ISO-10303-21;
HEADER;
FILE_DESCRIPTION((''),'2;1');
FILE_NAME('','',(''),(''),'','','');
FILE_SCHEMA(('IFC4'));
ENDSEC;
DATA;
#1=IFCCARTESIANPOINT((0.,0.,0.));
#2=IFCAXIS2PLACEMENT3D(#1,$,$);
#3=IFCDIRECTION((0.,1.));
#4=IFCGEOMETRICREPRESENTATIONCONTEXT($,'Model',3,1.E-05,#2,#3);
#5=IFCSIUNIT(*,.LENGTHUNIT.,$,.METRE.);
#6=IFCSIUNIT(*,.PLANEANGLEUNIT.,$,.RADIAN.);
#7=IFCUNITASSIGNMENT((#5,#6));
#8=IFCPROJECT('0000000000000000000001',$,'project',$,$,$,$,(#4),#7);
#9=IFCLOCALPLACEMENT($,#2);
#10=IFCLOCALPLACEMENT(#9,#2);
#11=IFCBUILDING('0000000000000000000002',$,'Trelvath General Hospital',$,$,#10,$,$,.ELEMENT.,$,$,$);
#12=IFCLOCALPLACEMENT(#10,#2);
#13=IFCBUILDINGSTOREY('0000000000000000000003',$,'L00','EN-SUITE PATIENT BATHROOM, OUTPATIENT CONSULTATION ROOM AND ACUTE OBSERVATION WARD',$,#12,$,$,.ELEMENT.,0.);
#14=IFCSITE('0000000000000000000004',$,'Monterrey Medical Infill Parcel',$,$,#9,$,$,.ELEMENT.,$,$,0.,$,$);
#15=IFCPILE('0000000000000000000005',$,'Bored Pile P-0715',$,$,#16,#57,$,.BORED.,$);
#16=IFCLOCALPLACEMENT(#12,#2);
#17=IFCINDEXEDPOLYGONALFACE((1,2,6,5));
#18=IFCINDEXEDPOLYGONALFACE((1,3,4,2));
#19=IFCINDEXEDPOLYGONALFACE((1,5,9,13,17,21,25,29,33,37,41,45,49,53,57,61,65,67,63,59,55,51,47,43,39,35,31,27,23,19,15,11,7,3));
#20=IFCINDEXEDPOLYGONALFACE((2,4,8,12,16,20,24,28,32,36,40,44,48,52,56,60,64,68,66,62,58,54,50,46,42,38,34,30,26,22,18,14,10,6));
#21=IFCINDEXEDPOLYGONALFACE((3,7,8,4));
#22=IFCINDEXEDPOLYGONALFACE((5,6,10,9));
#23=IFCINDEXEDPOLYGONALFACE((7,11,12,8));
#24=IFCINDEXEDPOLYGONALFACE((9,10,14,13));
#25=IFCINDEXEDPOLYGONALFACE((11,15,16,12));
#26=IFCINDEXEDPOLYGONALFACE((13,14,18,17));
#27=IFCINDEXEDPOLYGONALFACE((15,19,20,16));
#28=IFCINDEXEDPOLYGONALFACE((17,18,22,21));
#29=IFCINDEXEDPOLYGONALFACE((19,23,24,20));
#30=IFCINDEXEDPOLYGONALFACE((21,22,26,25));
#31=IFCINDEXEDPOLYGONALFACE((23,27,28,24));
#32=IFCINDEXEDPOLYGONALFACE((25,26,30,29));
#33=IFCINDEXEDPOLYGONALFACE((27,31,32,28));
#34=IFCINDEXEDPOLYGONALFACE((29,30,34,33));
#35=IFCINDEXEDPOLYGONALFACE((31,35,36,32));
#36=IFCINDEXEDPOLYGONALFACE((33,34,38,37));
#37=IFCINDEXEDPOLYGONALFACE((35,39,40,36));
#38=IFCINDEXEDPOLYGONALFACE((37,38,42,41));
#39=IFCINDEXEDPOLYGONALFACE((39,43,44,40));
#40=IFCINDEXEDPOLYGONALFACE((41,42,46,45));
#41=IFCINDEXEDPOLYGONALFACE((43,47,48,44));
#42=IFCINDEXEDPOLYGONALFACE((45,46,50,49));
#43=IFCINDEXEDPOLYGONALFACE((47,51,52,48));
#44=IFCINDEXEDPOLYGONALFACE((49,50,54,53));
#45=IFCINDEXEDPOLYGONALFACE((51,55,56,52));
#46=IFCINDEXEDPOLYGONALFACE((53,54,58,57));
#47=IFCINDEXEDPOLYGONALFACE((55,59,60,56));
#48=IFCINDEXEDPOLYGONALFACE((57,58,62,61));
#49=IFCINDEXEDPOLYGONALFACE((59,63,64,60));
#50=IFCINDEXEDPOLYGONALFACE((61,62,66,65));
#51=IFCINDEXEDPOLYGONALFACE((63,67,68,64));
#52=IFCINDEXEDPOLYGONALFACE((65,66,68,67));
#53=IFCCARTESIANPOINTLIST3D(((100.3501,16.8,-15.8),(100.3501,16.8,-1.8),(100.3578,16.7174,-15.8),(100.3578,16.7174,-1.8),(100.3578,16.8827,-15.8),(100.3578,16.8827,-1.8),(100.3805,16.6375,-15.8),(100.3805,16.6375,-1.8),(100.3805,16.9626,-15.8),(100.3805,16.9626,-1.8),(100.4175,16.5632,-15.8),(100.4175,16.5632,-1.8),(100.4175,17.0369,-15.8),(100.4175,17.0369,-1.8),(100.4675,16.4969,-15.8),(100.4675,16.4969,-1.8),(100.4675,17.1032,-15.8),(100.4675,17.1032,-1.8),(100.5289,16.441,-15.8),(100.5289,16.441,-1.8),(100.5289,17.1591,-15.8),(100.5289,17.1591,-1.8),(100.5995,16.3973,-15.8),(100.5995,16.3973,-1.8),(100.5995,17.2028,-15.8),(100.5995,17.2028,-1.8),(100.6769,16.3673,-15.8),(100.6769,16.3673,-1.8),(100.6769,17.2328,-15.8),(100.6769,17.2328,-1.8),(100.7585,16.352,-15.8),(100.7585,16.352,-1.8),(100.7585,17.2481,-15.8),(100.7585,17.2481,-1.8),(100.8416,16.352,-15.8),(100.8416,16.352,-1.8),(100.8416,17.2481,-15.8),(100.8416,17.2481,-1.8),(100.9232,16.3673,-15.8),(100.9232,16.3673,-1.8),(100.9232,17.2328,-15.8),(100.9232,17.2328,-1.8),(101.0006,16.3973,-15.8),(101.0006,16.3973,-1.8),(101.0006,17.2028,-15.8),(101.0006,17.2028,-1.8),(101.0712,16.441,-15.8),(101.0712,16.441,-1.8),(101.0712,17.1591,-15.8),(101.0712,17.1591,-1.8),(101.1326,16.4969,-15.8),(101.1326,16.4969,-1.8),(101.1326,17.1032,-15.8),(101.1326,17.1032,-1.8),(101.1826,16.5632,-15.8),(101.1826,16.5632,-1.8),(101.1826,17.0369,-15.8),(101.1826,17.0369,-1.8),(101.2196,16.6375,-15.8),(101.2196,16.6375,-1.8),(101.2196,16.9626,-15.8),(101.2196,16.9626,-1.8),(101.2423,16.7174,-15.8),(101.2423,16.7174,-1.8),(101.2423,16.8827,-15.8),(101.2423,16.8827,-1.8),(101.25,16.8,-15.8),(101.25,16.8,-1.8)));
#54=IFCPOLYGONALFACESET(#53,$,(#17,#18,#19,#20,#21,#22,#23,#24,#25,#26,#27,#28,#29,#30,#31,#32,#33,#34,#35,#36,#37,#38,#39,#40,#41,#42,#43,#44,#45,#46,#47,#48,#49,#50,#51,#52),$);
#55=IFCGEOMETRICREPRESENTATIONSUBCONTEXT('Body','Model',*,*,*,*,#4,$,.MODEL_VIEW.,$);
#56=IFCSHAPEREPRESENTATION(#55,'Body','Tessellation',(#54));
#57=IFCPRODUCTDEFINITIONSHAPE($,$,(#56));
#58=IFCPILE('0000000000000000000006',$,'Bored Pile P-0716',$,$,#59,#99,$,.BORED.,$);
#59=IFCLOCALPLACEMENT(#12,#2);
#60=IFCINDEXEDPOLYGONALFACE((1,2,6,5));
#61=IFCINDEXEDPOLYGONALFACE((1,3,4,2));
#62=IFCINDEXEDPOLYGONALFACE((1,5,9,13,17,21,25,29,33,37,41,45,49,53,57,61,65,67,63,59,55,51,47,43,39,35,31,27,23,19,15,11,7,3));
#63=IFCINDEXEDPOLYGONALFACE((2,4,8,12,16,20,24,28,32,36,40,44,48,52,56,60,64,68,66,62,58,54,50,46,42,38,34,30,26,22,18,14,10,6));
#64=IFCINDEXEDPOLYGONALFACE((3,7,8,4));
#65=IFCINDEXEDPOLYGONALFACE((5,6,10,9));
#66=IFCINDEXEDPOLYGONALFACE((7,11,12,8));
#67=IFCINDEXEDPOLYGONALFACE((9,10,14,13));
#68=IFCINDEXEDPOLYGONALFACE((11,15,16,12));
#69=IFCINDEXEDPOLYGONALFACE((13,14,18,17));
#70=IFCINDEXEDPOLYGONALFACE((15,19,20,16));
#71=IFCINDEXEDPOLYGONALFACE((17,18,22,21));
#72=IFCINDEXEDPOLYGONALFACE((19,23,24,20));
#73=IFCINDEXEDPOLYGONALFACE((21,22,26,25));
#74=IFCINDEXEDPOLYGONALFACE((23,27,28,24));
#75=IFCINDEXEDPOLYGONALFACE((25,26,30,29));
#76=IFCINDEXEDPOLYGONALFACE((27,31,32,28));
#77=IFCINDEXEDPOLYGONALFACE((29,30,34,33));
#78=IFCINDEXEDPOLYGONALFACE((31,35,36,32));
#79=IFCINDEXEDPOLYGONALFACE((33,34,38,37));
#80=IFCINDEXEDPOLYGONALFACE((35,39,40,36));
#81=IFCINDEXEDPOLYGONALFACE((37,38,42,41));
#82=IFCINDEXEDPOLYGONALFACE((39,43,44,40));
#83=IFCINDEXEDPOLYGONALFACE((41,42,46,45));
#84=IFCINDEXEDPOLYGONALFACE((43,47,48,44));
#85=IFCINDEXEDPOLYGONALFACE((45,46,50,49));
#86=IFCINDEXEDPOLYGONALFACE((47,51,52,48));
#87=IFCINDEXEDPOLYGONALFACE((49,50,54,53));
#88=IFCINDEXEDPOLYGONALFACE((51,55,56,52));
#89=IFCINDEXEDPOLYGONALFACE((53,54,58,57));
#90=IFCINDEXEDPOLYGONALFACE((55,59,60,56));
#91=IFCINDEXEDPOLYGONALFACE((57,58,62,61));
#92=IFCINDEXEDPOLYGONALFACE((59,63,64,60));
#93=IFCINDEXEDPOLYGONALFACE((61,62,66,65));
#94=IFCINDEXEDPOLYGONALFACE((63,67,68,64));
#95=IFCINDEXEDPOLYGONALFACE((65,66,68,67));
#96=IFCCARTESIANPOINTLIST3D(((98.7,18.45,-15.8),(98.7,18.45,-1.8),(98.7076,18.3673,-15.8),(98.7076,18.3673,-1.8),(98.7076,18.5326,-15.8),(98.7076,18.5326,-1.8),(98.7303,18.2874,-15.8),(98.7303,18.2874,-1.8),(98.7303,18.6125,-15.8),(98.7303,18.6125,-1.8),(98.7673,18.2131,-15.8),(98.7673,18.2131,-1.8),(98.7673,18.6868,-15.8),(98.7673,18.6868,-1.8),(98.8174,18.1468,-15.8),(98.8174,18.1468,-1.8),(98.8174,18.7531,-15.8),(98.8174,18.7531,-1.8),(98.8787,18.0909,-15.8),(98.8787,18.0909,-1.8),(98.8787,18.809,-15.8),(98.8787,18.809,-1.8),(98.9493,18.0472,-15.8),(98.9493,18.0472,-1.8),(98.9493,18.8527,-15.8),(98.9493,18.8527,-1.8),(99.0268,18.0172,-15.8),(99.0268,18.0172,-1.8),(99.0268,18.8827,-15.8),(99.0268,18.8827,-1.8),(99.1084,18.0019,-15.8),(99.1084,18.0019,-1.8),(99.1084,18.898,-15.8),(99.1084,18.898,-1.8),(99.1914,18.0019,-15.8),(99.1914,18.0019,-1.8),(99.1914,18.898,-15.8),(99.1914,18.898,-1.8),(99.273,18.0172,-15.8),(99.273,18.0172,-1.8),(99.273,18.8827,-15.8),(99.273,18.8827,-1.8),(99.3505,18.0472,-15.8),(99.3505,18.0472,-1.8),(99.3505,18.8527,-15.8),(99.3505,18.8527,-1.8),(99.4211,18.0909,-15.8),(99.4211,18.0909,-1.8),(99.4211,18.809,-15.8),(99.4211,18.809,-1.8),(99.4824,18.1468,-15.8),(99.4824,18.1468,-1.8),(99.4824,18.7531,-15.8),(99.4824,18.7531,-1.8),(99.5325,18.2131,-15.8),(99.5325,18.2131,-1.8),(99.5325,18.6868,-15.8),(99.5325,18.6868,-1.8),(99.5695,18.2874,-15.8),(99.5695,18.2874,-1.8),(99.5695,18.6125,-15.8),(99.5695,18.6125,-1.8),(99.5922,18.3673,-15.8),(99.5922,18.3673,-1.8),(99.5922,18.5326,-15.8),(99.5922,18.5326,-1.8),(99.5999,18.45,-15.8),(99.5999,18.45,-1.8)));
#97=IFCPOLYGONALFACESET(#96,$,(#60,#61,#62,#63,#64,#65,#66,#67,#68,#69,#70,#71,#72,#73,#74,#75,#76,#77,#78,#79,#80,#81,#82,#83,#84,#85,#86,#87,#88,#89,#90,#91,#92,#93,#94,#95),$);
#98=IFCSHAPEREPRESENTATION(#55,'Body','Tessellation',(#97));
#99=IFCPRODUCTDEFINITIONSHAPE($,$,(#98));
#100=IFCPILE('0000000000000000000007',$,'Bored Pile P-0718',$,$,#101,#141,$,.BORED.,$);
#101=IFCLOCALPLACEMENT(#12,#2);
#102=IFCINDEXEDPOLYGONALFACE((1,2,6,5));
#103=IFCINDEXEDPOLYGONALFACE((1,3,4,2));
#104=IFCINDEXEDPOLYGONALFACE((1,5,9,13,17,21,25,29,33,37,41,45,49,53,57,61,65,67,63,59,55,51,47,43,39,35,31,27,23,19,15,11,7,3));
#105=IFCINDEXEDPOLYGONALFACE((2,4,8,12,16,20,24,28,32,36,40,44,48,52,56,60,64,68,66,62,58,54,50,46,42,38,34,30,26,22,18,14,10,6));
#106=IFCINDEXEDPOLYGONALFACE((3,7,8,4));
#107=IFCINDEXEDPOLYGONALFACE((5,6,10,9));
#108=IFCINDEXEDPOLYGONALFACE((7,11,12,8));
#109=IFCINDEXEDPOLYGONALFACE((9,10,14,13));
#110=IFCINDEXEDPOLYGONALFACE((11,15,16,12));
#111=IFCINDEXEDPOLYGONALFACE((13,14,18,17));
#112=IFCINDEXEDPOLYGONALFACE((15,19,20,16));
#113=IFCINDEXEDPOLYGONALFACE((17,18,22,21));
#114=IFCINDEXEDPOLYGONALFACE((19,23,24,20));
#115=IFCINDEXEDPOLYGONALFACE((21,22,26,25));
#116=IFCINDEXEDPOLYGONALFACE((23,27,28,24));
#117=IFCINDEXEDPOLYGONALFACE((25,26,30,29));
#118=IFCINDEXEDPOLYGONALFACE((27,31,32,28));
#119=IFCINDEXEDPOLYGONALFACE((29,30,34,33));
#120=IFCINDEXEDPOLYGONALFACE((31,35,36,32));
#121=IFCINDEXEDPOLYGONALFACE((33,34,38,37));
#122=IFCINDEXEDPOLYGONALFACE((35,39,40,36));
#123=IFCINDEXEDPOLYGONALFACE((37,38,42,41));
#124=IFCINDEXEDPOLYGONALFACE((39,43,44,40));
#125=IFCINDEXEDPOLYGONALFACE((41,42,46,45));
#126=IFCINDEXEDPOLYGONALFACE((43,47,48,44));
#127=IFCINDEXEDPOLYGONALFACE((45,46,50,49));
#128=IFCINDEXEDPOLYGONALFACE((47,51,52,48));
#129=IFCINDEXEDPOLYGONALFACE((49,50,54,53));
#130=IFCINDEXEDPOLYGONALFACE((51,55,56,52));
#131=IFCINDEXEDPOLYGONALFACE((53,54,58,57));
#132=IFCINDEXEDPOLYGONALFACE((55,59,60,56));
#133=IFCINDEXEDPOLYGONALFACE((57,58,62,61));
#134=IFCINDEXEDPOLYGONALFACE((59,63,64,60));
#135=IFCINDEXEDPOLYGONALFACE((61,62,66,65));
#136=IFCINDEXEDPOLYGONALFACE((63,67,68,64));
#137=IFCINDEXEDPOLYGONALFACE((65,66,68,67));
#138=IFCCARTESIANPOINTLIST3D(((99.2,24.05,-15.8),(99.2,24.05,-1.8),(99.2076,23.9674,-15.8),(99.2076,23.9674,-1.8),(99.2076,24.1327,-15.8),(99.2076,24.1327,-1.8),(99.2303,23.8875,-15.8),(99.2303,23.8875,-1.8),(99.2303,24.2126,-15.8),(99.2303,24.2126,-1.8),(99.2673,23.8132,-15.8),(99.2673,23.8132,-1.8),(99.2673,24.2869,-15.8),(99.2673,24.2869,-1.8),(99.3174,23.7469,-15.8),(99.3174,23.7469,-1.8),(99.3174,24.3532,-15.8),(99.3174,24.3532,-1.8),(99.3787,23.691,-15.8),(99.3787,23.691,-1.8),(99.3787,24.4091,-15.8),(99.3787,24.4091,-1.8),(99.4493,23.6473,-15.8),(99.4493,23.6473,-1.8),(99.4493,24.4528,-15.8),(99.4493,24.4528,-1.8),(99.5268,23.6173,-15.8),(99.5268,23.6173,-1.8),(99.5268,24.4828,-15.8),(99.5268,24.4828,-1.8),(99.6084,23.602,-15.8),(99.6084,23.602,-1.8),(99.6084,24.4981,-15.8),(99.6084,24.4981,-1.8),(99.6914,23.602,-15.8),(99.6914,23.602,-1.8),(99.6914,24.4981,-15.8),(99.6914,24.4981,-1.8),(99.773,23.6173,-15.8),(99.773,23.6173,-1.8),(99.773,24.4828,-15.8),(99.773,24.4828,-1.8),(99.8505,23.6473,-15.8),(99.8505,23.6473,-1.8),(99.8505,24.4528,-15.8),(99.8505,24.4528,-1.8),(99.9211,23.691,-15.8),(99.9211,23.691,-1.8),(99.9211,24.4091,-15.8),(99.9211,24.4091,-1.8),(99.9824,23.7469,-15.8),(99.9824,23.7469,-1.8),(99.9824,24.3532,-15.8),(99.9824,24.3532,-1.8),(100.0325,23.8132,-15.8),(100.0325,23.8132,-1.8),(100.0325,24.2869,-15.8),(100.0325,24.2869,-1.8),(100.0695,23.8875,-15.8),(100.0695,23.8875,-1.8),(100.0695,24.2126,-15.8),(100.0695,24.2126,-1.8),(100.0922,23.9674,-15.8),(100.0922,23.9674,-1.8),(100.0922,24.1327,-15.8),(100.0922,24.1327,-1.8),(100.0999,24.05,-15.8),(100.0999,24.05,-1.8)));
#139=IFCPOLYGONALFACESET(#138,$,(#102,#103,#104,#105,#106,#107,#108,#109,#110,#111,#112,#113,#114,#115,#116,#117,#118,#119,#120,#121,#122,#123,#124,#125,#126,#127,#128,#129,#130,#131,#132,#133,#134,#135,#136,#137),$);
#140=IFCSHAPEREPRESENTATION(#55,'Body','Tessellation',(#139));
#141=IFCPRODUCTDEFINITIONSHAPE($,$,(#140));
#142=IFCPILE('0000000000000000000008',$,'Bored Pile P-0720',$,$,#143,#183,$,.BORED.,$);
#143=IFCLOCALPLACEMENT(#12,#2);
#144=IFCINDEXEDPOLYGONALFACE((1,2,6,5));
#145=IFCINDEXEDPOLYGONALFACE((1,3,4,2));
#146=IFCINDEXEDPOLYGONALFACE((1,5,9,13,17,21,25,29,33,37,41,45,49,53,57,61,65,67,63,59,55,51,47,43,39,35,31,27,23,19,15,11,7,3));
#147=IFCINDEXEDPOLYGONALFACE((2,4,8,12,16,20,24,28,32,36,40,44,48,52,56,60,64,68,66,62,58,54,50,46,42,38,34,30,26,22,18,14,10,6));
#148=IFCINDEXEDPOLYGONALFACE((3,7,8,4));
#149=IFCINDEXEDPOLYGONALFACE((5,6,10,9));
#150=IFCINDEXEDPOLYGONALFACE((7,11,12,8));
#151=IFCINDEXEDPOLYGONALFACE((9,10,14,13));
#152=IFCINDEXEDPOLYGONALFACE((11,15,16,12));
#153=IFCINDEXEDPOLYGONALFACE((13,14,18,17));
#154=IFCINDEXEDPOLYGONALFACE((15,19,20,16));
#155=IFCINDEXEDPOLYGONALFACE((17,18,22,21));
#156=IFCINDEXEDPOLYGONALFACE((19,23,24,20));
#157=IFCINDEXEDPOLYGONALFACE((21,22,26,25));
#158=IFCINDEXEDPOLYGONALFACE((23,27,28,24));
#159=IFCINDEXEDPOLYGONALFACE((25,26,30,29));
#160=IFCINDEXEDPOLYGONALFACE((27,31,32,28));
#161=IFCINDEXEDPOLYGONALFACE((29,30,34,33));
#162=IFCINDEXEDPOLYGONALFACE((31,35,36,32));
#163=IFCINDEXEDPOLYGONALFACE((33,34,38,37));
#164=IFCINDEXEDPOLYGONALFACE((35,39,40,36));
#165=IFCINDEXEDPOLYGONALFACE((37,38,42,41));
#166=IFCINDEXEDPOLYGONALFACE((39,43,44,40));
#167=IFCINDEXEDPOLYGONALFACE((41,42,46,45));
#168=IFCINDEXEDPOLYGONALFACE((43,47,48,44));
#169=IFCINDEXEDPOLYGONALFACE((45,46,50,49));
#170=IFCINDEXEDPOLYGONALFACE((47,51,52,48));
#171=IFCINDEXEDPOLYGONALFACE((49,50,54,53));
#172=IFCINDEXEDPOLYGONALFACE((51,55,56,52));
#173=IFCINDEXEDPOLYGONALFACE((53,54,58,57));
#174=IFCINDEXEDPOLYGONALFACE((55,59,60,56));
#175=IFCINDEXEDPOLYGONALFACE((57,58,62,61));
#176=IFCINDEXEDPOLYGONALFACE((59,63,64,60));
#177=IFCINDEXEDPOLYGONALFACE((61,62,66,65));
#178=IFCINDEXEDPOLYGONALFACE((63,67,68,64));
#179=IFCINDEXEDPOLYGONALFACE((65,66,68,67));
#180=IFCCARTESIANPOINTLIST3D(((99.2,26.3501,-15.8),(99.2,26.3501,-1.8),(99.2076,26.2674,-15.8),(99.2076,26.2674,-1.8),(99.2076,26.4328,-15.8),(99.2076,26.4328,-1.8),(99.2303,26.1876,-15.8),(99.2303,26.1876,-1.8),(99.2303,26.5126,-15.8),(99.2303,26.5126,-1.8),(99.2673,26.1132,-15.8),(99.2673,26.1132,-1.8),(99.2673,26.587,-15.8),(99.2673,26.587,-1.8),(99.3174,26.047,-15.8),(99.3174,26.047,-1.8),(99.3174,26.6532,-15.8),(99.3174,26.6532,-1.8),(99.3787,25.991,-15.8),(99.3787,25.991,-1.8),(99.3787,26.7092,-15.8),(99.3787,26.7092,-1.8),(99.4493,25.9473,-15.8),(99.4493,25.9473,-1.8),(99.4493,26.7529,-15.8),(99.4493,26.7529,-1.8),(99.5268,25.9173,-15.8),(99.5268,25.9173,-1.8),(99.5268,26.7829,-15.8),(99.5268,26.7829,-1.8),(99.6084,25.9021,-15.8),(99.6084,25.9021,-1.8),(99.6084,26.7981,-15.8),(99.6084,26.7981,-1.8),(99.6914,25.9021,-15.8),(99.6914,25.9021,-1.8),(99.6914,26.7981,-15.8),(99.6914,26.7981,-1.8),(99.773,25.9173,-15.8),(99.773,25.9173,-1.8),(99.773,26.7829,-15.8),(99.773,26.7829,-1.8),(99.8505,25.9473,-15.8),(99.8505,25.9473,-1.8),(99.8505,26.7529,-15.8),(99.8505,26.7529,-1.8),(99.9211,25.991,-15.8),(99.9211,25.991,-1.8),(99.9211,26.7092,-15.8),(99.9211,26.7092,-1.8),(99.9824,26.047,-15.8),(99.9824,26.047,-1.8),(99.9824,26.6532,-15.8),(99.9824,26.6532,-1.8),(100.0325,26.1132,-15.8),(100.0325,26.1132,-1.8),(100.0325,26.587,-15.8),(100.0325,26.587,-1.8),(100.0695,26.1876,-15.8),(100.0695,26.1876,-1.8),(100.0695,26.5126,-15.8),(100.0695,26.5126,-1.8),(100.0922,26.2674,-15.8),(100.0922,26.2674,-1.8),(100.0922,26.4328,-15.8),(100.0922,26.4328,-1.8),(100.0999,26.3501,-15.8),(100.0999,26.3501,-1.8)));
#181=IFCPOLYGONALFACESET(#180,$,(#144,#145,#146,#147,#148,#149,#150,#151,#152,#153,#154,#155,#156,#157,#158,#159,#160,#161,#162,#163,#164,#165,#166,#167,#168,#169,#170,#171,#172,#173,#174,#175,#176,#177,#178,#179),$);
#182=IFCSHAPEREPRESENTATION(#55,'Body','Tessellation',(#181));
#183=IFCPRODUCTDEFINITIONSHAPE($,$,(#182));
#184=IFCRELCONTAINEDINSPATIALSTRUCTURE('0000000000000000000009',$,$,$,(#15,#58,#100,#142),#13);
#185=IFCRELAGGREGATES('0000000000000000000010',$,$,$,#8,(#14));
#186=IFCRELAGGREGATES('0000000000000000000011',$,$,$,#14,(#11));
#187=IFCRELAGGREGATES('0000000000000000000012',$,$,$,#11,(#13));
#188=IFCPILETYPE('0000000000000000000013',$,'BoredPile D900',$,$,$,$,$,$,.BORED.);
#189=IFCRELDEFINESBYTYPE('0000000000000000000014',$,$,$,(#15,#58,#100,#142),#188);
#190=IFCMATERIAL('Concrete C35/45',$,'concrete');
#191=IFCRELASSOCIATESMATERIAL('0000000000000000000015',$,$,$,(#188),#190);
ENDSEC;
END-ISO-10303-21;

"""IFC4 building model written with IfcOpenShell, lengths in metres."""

from ifc_helpers import new_model, si_unit, direction, frame, origin, origin_2d, place, context, subcontext, project, spatial, circle, extrude, material, material_profile, profile_set, type_object, element, save


model = new_model("IFC4")

# Units and contexts
model_context = context("Model", 3, precision=1e-05, world=origin(), true_north=direction((0.0, 1.0)))
body_context = subcontext(model_context, "Body", "Model", "MODEL_VIEW")
ifc_project = project(units=[si_unit("LENGTHUNIT", "METRE"), si_unit("PLANEANGLEUNIT", "RADIAN")], contexts=[model_context])

# Site, building, storey
site_placement = place(None, origin())
site = spatial("IfcSite", under=ifc_project, at=site_placement, Name="Monterrey Medical Infill Parcel", CompositionType="ELEMENT", RefElevation=0.0)
building_placement = place(site_placement, origin())
building = spatial("IfcBuilding", under=site, at=building_placement, Name="Trelvath General Hospital", CompositionType="ELEMENT")
storey_placement = place(building_placement, origin())
storey = spatial("IfcBuildingStorey", under=building, at=storey_placement, Name="L00", Description="EN-SUITE PATIENT BATHROOM, OUTPATIENT CONSULTATION ROOM AND ACUTE OBSERVATION WARD", CompositionType="ELEMENT", Elevation=0.0)

# Piles
ifc_material_1 = material(Name="Concrete C35/45", Category="concrete")
ifc_material_profile_1 = material_profile(ifc_material_1, circle(Radius=0.45, at=origin_2d()), Name="PILE900")
ifc_profile_set_1 = profile_set([ifc_material_profile_1], Name="Concrete C35/45")
pile_type = type_object("IfcPileType", Name="BoredPile D900", PredefinedType="BORED", material=ifc_profile_set_1)
for number, where, z_axis, x_axis, name in (
    (1, (100.8, 16.8, -1.8), (0.0, 0.0, -1.0), (1.0, 0.0, 0.0), "Bored Pile P-0715"),
    (2, (99.1499, 18.45, -1.8), (0.0, 0.0, -1.0), (1.0, 0.0, 0.0), "Bored Pile P-0716"),
    (3, (99.6499, 24.05, -1.8), (0.0, 0.0, -1.0), (1.0, 0.0, 0.0), "Bored Pile P-0718"),
    (4, (99.6499, 26.3501, -1.8), (0.0, 0.0, -1.0), (1.0, 0.0, 0.0), "Bored Pile P-0720"),
):
    element("IfcPile", number, at=place(storey_placement, frame(where, z_axis=z_axis, x_axis=x_axis)), inside=storey, type_object=pile_type, Name=name, PredefinedType="BORED", context=body_context, shape_type="SweptSolid", body=[
        extrude(circle(Radius=0.45, at=origin_2d()), origin(), (0.0, 0.0, 1.0), 14.0),
    ])

save(model, "model.ifc")
